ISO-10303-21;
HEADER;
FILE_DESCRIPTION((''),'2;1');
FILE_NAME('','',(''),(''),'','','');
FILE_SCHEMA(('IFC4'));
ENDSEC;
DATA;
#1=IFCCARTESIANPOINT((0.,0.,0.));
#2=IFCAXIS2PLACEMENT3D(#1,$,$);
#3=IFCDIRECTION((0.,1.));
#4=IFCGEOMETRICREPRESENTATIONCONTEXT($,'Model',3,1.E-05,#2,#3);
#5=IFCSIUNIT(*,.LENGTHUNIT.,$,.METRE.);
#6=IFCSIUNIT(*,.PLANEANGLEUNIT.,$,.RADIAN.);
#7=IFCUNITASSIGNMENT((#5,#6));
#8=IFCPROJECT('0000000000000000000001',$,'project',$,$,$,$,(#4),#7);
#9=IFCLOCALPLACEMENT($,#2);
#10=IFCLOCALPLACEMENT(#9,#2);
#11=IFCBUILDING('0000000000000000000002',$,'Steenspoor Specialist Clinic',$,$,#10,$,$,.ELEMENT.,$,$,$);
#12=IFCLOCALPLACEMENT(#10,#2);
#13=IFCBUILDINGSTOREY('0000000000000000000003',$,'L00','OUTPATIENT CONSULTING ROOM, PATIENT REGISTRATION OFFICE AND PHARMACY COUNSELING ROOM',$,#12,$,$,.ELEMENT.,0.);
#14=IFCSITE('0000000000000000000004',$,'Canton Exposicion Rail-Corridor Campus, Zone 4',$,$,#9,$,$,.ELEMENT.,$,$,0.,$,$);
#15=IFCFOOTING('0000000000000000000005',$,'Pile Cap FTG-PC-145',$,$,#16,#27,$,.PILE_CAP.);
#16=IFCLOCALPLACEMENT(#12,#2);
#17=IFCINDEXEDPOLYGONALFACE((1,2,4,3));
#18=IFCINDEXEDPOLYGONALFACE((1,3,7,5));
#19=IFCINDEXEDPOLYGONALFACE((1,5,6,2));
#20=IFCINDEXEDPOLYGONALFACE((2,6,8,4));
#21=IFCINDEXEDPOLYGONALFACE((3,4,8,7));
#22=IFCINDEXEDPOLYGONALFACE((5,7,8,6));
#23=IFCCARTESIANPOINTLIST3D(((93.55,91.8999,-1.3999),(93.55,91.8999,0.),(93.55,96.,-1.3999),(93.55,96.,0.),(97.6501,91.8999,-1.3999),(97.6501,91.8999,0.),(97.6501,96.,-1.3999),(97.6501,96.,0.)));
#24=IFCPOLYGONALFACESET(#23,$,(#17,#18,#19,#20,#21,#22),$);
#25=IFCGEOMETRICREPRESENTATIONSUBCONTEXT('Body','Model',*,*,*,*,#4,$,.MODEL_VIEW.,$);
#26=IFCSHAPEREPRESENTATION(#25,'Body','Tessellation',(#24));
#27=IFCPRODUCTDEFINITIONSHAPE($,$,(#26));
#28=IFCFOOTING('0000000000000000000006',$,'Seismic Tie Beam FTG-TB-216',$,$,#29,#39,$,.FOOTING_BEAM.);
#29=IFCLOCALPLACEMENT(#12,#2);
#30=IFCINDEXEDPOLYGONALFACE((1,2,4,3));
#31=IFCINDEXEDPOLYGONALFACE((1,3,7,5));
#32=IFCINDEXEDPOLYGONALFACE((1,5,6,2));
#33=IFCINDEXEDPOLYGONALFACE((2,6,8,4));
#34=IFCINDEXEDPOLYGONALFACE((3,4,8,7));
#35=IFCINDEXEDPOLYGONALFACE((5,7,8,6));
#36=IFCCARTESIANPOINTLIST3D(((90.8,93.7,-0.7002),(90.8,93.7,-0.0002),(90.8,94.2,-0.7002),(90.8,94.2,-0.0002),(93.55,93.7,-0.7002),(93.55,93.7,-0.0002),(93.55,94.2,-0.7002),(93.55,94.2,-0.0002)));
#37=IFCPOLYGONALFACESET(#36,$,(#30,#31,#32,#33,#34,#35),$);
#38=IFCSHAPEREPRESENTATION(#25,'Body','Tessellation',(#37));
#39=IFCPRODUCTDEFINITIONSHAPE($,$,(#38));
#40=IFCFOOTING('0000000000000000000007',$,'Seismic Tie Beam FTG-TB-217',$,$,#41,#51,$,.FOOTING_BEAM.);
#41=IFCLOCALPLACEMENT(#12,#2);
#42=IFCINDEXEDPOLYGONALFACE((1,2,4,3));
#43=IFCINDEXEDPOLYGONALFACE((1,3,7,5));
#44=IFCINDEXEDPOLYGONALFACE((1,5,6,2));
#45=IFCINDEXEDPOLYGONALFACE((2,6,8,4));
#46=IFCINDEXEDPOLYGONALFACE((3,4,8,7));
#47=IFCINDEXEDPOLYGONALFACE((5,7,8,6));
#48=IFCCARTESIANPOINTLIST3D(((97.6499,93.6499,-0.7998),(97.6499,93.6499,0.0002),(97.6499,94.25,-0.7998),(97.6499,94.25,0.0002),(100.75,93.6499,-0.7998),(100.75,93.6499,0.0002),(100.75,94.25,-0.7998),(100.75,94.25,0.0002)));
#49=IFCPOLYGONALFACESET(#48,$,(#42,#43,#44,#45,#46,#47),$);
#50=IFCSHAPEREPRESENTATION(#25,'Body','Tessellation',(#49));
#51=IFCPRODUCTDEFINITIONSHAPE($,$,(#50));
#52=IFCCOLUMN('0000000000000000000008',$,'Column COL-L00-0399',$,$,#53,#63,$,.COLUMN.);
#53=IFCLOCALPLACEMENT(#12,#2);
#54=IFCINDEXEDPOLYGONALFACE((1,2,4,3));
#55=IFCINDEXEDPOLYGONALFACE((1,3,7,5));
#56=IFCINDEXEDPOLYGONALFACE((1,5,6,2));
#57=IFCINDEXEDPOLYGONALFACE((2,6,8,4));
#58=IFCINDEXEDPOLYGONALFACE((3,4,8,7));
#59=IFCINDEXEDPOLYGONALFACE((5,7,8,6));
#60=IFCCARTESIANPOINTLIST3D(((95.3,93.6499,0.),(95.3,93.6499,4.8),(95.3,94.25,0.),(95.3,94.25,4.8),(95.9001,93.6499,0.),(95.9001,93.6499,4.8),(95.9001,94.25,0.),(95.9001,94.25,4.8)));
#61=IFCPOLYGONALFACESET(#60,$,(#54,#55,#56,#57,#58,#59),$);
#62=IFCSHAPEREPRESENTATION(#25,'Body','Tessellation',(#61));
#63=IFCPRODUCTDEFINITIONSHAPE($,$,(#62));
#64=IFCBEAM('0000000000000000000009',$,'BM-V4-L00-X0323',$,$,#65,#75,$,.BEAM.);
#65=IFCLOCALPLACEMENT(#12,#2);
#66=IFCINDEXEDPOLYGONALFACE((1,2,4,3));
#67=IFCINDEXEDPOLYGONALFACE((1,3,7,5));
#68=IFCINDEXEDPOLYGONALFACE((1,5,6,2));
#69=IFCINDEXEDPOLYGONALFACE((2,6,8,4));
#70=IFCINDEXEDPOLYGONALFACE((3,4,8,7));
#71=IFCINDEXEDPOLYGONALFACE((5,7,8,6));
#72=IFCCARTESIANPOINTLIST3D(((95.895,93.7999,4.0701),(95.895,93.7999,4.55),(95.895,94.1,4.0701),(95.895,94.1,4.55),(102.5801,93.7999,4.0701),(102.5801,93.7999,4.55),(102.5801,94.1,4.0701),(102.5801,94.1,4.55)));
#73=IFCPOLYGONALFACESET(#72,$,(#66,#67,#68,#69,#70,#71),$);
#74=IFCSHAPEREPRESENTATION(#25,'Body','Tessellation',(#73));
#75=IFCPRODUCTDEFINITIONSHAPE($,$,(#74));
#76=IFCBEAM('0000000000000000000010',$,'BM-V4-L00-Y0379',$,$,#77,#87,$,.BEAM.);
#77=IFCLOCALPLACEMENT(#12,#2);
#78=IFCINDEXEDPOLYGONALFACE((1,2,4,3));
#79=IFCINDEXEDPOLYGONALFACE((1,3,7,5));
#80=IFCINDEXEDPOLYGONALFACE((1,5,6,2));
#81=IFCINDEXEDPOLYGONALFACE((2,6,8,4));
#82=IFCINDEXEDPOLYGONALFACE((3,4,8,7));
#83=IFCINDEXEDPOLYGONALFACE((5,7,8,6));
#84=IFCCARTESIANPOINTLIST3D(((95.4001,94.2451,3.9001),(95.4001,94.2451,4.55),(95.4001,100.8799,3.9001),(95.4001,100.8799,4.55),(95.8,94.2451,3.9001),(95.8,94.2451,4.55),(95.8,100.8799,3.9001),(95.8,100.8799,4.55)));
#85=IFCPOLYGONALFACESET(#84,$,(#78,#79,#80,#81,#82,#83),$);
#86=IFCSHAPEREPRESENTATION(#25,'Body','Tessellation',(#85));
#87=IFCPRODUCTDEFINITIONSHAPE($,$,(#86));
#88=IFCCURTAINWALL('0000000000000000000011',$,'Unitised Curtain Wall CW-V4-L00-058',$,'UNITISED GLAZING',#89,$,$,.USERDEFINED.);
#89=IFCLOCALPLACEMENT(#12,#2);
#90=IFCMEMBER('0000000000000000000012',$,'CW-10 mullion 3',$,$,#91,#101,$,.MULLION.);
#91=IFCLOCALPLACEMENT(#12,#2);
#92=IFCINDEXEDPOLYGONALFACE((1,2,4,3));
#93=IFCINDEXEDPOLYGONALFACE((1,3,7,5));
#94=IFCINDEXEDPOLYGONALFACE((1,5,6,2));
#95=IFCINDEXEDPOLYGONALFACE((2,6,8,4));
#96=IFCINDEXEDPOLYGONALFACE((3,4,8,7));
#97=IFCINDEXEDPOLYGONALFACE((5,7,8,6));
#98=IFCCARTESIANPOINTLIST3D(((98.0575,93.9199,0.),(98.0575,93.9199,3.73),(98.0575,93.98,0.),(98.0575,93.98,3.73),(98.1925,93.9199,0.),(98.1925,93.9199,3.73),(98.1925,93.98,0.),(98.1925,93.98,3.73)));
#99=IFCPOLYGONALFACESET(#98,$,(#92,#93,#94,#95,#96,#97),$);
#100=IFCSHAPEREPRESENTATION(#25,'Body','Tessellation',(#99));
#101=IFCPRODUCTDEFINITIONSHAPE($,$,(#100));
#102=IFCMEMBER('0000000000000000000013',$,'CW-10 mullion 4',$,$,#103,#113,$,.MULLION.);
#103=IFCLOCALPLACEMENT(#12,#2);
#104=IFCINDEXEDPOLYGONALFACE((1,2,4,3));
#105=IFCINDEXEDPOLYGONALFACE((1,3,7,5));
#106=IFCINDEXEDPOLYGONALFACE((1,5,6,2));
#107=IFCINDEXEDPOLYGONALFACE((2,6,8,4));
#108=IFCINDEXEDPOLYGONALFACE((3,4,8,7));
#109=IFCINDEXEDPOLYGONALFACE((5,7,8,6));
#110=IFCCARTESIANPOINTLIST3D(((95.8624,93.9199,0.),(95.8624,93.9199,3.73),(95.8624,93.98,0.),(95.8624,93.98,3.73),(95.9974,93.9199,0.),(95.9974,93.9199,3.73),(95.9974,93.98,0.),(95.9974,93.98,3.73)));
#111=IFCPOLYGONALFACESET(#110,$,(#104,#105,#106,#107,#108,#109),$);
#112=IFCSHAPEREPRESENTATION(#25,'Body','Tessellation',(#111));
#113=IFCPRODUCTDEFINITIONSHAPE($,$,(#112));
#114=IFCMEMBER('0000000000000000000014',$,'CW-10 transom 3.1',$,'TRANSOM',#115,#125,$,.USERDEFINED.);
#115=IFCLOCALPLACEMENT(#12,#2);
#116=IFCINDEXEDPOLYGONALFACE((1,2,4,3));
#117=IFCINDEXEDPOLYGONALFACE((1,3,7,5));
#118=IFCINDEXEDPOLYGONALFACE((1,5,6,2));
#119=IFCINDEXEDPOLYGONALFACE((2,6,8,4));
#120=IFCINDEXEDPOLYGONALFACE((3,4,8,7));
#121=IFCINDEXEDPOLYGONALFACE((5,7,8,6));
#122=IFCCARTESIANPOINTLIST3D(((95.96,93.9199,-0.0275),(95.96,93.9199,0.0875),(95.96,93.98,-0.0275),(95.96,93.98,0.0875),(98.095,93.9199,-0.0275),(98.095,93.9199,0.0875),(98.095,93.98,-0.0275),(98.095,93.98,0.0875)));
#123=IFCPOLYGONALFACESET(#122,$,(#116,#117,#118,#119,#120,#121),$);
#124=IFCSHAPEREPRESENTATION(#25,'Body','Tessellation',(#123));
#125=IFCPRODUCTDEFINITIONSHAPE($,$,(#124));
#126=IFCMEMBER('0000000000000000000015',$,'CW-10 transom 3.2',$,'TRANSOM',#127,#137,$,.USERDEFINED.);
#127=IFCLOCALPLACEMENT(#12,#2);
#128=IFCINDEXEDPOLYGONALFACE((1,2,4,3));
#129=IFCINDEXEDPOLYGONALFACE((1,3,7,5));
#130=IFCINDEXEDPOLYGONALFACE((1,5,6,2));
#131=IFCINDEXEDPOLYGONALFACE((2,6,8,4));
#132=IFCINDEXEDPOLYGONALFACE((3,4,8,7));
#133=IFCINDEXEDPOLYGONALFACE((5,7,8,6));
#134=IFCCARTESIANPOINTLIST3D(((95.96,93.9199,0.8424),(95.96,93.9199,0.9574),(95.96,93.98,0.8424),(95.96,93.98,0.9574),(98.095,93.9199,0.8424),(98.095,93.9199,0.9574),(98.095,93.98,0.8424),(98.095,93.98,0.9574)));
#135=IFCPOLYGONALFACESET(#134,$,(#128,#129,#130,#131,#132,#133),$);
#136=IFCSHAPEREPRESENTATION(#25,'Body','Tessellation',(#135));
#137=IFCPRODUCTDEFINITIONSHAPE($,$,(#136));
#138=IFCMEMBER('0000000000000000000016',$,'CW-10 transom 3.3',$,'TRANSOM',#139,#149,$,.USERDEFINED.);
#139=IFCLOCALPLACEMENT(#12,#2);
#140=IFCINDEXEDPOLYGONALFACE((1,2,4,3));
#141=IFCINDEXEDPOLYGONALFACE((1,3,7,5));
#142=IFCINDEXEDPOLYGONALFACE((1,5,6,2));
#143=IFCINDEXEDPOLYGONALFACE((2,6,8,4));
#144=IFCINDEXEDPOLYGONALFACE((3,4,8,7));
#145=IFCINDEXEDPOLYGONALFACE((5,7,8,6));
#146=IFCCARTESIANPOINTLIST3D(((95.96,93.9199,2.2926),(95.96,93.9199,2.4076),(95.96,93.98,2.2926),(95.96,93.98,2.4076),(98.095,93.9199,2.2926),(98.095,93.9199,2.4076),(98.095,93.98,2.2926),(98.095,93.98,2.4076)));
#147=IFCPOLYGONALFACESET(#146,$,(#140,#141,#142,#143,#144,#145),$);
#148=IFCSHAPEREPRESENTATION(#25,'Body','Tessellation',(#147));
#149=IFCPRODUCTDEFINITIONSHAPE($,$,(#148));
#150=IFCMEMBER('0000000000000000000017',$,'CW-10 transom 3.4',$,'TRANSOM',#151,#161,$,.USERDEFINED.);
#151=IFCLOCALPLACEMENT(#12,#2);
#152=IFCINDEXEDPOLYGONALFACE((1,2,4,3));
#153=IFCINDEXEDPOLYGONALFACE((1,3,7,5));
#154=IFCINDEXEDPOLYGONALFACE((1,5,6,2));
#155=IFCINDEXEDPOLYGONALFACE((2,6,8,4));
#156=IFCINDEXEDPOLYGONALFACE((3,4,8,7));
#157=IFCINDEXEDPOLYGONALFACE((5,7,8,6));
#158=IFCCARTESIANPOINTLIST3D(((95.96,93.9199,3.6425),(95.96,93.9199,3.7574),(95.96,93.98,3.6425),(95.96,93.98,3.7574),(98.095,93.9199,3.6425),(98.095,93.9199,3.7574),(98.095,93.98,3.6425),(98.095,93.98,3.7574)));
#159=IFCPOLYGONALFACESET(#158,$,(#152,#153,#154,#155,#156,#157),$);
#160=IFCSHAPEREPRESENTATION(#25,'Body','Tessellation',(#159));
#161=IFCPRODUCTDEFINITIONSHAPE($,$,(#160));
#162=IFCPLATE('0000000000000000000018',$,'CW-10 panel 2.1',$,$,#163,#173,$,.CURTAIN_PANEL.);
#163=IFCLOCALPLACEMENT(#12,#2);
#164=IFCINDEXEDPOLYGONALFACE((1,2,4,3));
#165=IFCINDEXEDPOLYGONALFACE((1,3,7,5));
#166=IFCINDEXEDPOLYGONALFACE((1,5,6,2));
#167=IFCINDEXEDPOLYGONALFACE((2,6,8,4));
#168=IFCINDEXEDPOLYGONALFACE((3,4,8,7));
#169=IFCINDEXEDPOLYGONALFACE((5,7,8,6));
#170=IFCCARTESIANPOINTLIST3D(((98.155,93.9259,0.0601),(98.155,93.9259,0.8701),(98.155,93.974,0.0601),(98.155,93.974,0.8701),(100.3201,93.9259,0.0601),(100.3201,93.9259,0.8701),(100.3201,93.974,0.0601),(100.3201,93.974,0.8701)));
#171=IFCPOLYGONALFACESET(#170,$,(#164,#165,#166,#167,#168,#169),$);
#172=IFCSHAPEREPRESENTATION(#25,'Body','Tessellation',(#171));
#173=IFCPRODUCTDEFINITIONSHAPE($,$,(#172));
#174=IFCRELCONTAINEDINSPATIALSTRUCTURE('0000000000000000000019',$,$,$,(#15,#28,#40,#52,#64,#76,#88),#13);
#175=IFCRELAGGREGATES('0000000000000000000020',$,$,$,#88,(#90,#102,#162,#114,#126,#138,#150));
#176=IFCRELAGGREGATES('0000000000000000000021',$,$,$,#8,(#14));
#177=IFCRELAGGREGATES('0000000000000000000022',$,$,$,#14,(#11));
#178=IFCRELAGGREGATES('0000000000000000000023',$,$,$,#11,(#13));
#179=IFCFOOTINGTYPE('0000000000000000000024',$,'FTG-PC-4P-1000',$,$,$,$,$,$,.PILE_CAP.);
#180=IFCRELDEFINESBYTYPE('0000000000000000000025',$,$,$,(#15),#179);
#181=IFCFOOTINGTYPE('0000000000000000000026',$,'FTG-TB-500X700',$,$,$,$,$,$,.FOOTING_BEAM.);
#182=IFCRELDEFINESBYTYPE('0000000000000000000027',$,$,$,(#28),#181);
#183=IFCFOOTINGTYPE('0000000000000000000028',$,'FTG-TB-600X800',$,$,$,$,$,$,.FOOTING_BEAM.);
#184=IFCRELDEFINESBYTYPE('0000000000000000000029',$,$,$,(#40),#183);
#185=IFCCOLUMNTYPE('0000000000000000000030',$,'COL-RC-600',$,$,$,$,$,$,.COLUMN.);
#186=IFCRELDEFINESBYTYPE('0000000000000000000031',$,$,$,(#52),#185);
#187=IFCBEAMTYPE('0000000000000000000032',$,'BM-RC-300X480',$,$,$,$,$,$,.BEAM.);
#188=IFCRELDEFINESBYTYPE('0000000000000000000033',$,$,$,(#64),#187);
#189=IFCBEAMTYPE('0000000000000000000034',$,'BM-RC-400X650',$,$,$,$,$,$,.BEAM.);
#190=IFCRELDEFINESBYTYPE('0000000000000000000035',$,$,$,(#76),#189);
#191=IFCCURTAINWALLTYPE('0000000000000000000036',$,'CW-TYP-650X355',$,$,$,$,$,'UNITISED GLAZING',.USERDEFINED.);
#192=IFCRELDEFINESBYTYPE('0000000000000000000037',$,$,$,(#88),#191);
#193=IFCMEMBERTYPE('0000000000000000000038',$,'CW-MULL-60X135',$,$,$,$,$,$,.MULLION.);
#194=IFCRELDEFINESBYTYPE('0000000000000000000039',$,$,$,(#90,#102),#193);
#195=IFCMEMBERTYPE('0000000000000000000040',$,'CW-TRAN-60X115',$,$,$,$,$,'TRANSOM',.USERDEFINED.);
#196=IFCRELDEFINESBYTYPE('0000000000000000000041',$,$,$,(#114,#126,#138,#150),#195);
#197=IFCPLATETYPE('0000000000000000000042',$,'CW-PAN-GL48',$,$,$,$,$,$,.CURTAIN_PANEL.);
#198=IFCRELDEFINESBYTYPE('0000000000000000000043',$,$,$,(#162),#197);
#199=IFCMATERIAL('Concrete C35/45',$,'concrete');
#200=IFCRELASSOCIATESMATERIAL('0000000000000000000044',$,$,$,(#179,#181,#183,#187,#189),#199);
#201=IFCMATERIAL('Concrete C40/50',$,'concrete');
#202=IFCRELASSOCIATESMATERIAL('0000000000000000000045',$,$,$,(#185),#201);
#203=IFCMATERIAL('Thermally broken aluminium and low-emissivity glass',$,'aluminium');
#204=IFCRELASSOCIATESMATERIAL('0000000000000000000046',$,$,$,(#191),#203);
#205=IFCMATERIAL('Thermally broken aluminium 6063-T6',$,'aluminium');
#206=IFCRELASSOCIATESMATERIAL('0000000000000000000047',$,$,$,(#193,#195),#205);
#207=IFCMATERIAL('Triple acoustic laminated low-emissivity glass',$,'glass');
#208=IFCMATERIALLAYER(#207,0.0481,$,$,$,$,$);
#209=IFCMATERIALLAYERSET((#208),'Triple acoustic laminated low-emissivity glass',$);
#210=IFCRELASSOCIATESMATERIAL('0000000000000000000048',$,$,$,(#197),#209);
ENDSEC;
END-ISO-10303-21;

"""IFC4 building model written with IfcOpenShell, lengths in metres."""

from ifc_helpers import new_model, si_unit, direction, frame, origin, origin_2d, place, context, subcontext, project, spatial, rectangle, extrude, material, layer, layer_set, material_profile, profile_set, type_object, element, aggregate, save


model = new_model("IFC4")

# Units and contexts
model_context = context("Model", 3, precision=1e-05, world=origin(), true_north=direction((0.0, 1.0)))
body_context = subcontext(model_context, "Body", "Model", "MODEL_VIEW")
ifc_project = project(units=[si_unit("LENGTHUNIT", "METRE"), si_unit("PLANEANGLEUNIT", "RADIAN")], contexts=[model_context])

# Site, building, storey
site_placement = place(None, origin())
site = spatial("IfcSite", under=ifc_project, at=site_placement, Name="Canton Exposicion Rail-Corridor Campus, Zone 4", CompositionType="ELEMENT", RefElevation=0.0)
building_placement = place(site_placement, origin())
building = spatial("IfcBuilding", under=site, at=building_placement, Name="Steenspoor Specialist Clinic", CompositionType="ELEMENT")
storey_placement = place(building_placement, origin())
storey = spatial("IfcBuildingStorey", under=building, at=storey_placement, Name="L00", Description="OUTPATIENT CONSULTING ROOM, PATIENT REGISTRATION OFFICE AND PHARMACY COUNSELING ROOM", CompositionType="ELEMENT", Elevation=0.0)

# Footings
ifc_material_1 = material(Name="Concrete C35/45", Category="concrete")
footing_type_1 = type_object("IfcFootingType", Name="FTG-PC-4P-1000", PredefinedType="PILE_CAP", material=ifc_material_1)
footing_1_placement = place(storey_placement, frame((95.6001, 93.95, -1.3999), z_axis=(0.0, 0.0, 1.0), x_axis=(1.0, 0.0, 0.0)))
element("IfcFooting", 1, at=footing_1_placement, inside=storey, type_object=footing_type_1, Name="Pile Cap FTG-PC-145", PredefinedType="PILE_CAP", context=body_context, shape_type="SweptSolid", body=[
    extrude(rectangle(XDim=4.1001, YDim=4.1001, at=origin_2d()), origin(), (0.0, 0.0, 1.0), 1.3999),
])
footing_type_2 = type_object("IfcFootingType", Name="FTG-TB-500X700", PredefinedType="FOOTING_BEAM", material=ifc_material_1)
footing_2_placement = place(storey_placement, frame((92.175, 93.95, -0.7002), z_axis=(0.0, 0.0, 1.0), x_axis=(1.0, 0.0, 0.0)))
element("IfcFooting", 2, at=footing_2_placement, inside=storey, type_object=footing_type_2, Name="Seismic Tie Beam FTG-TB-216", PredefinedType="FOOTING_BEAM", context=body_context, shape_type="SweptSolid", body=[
    extrude(rectangle(XDim=2.75, YDim=0.5, at=origin_2d()), origin(), (0.0, 0.0, 1.0), 0.7),
])
footing_type_3 = type_object("IfcFootingType", Name="FTG-TB-600X800", PredefinedType="FOOTING_BEAM", material=ifc_material_1)
footing_3_placement = place(storey_placement, frame((99.2, 93.95, -0.7998), z_axis=(0.0, 0.0, 1.0), x_axis=(1.0, 0.0, 0.0)))
element("IfcFooting", 3, at=footing_3_placement, inside=storey, type_object=footing_type_3, Name="Seismic Tie Beam FTG-TB-217", PredefinedType="FOOTING_BEAM", context=body_context, shape_type="SweptSolid", body=[
    extrude(rectangle(XDim=3.1001, YDim=0.6001, at=origin_2d()), origin(), (0.0, 0.0, 1.0), 0.8),
])

# Column
ifc_material_2 = material(Name="Concrete C40/50", Category="concrete")
ifc_material_profile_1 = material_profile(ifc_material_2, rectangle(XDim=0.6001, YDim=0.6001, at=origin_2d()), Name="RC-COL-600X600")
ifc_profile_set_1 = profile_set([ifc_material_profile_1], Name="Concrete C40/50")
column_type = type_object("IfcColumnType", Name="COL-RC-600", PredefinedType="COLUMN", material=ifc_profile_set_1)
column_placement = place(storey_placement, frame((95.6001, 93.95, 0.0), z_axis=(0.0, 0.0, 1.0), x_axis=(1.0, 0.0, 0.0)))
element("IfcColumn", 4, at=column_placement, inside=storey, type_object=column_type, Name="Column COL-L00-0399", PredefinedType="COLUMN", context=body_context, shape_type="SweptSolid", body=[
    extrude(rectangle(XDim=0.6001, YDim=0.6001, at=origin_2d()), origin(), (0.0, 0.0, 1.0), 4.8),
])

# Beams
ifc_material_profile_2 = material_profile(ifc_material_1, rectangle(XDim=0.3, YDim=0.48, at=origin_2d()), Name="RC-BM-300X480")
ifc_profile_set_2 = profile_set([ifc_material_profile_2], Name="Concrete C35/45")
beam_type_1 = type_object("IfcBeamType", Name="BM-RC-300X480", PredefinedType="BEAM", material=ifc_profile_set_2)
beam_1_placement = place(storey_placement, frame((95.895, 93.95, 4.3101), z_axis=(1.0, 0.0, 0.0), x_axis=(0.0, 1.0, 0.0)))
element("IfcBeam", 5, at=beam_1_placement, inside=storey, type_object=beam_type_1, Name="BM-V4-L00-X0323", PredefinedType="BEAM", context=body_context, shape_type="SweptSolid", body=[
    extrude(rectangle(XDim=0.3, YDim=0.48, at=origin_2d()), origin(), (0.0, 0.0, 1.0), 6.6851),
])
ifc_material_profile_3 = material_profile(ifc_material_1, rectangle(XDim=0.3999, YDim=0.6499, at=origin_2d()), Name="RC-BM-400X650")
ifc_profile_set_3 = profile_set([ifc_material_profile_3], Name="Concrete C35/45")
beam_type_2 = type_object("IfcBeamType", Name="BM-RC-400X650", PredefinedType="BEAM", material=ifc_profile_set_3)
beam_2_placement = place(storey_placement, frame((95.6001, 94.2451, 4.2251), z_axis=(0.0, 1.0, 0.0), x_axis=(-1.0, 0.0, 0.0)))
element("IfcBeam", 6, at=beam_2_placement, inside=storey, type_object=beam_type_2, Name="BM-V4-L00-Y0379", PredefinedType="BEAM", context=body_context, shape_type="SweptSolid", body=[
    extrude(rectangle(XDim=0.3999, YDim=0.6499, at=origin_2d()), origin(), (0.0, 0.0, 1.0), 6.6348),
])

# Curtain wall, members, plate
ifc_material_3 = material(Name="Thermally broken aluminium and low-emissivity glass", Category="aluminium")
curtain_wall_type = type_object("IfcCurtainWallType", Name="CW-TYP-650X355", ElementType="UNITISED GLAZING", PredefinedType="USERDEFINED", material=ifc_material_3)
curtain_wall_placement = place(storey_placement, origin())
curtain_wall = element("IfcCurtainWall", 7, at=curtain_wall_placement, inside=storey, type_object=curtain_wall_type, Name="Unitised Curtain Wall CW-V4-L00-058", ObjectType="UNITISED GLAZING", PredefinedType="USERDEFINED")
ifc_material_4 = material(Name="Thermally broken aluminium 6063-T6", Category="aluminium")
ifc_material_profile_4 = material_profile(ifc_material_4, rectangle(XDim=0.0601, YDim=0.135, at=origin_2d()), Name="CWM-60X135")
ifc_profile_set_4 = profile_set([ifc_material_profile_4], Name="Thermally broken aluminium 6063-T6")
member_type_1 = type_object("IfcMemberType", Name="CW-MULL-60X135", PredefinedType="MULLION", material=ifc_profile_set_4)
member_1_placement = place(storey_placement, frame((98.125, 93.95, 0.0), z_axis=(0.0, 0.0, 1.0), x_axis=(0.0, -1.0, 0.0)))
member_1 = element("IfcMember", 8, at=member_1_placement, type_object=member_type_1, Name="CW-10 mullion 3", PredefinedType="MULLION", context=body_context, shape_type="SweptSolid", body=[
    extrude(rectangle(XDim=0.0601, YDim=0.135, at=origin_2d()), origin(), (0.0, 0.0, 1.0), 3.73),
])
member_2_placement = place(storey_placement, frame((95.9299, 93.95, 0.0), z_axis=(0.0, 0.0, 1.0), x_axis=(0.0, -1.0, 0.0)))
member_2 = element("IfcMember", 9, at=member_2_placement, type_object=member_type_1, Name="CW-10 mullion 4", PredefinedType="MULLION", context=body_context, shape_type="SweptSolid", body=[
    extrude(rectangle(XDim=0.0601, YDim=0.135, at=origin_2d()), origin(), (0.0, 0.0, 1.0), 3.73),
])
ifc_material_profile_5 = material_profile(ifc_material_4, rectangle(XDim=0.0601, YDim=0.115, at=origin_2d()), Name="CWT-60X115")
ifc_profile_set_5 = profile_set([ifc_material_profile_5], Name="Thermally broken aluminium 6063-T6")
member_type_2 = type_object("IfcMemberType", Name="CW-TRAN-60X115", ElementType="TRANSOM", PredefinedType="USERDEFINED", material=ifc_profile_set_5)
member_3_placement = place(storey_placement, frame((98.095, 93.95, 0.03), z_axis=(-1.0, 0.0, 0.0), x_axis=(0.0, -1.0, 0.0)))
member_3 = element("IfcMember", 10, at=member_3_placement, type_object=member_type_2, Name="CW-10 transom 3.1", ObjectType="TRANSOM", PredefinedType="USERDEFINED", context=body_context, shape_type="SweptSolid", body=[
    extrude(rectangle(XDim=0.0601, YDim=0.115, at=origin_2d()), origin(), (0.0, 0.0, 1.0), 2.135),
])
member_4_placement = place(storey_placement, frame((98.095, 93.95, 0.8999), z_axis=(-1.0, 0.0, 0.0), x_axis=(0.0, -1.0, 0.0)))
member_4 = element("IfcMember", 11, at=member_4_placement, type_object=member_type_2, Name="CW-10 transom 3.2", ObjectType="TRANSOM", PredefinedType="USERDEFINED", context=body_context, shape_type="SweptSolid", body=[
    extrude(rectangle(XDim=0.0601, YDim=0.115, at=origin_2d()), origin(), (0.0, 0.0, 1.0), 2.135),
])
member_5_placement = place(storey_placement, frame((98.095, 93.95, 2.3501), z_axis=(-1.0, 0.0, 0.0), x_axis=(0.0, -1.0, 0.0)))
member_5 = element("IfcMember", 12, at=member_5_placement, type_object=member_type_2, Name="CW-10 transom 3.3", ObjectType="TRANSOM", PredefinedType="USERDEFINED", context=body_context, shape_type="SweptSolid", body=[
    extrude(rectangle(XDim=0.0601, YDim=0.115, at=origin_2d()), origin(), (0.0, 0.0, 1.0), 2.135),
])
member_6_placement = place(storey_placement, frame((98.095, 93.95, 3.7), z_axis=(-1.0, 0.0, 0.0), x_axis=(0.0, -1.0, 0.0)))
member_6 = element("IfcMember", 13, at=member_6_placement, type_object=member_type_2, Name="CW-10 transom 3.4", ObjectType="TRANSOM", PredefinedType="USERDEFINED", context=body_context, shape_type="SweptSolid", body=[
    extrude(rectangle(XDim=0.0601, YDim=0.115, at=origin_2d()), origin(), (0.0, 0.0, 1.0), 2.135),
])
ifc_material_5 = material(Name="Triple acoustic laminated low-emissivity glass", Category="glass")
ifc_layer_1 = layer(ifc_material_5, 0.0481)
ifc_layer_set_1 = layer_set([ifc_layer_1], Name="Triple acoustic laminated low-emissivity glass")
plate_type = type_object("IfcPlateType", Name="CW-PAN-GL48", PredefinedType="CURTAIN_PANEL", material=ifc_layer_set_1)
plate_1_placement = place(storey_placement, frame((99.2375, 93.95, 0.0601), z_axis=(0.0, 0.0, 1.0), x_axis=(-1.0, 0.0, 0.0)))
plate_1 = element("IfcPlate", 14, at=plate_1_placement, type_object=plate_type, Name="CW-10 panel 2.1", PredefinedType="CURTAIN_PANEL", context=body_context, shape_type="SweptSolid", body=[
    extrude(rectangle(XDim=2.165, YDim=0.0481, at=origin_2d()), origin(), (0.0, 0.0, 1.0), 0.8101),
])
aggregate(curtain_wall, [member_1, member_2, plate_1, member_3, member_4, member_5, member_6])

save(model, "model.ifc")
